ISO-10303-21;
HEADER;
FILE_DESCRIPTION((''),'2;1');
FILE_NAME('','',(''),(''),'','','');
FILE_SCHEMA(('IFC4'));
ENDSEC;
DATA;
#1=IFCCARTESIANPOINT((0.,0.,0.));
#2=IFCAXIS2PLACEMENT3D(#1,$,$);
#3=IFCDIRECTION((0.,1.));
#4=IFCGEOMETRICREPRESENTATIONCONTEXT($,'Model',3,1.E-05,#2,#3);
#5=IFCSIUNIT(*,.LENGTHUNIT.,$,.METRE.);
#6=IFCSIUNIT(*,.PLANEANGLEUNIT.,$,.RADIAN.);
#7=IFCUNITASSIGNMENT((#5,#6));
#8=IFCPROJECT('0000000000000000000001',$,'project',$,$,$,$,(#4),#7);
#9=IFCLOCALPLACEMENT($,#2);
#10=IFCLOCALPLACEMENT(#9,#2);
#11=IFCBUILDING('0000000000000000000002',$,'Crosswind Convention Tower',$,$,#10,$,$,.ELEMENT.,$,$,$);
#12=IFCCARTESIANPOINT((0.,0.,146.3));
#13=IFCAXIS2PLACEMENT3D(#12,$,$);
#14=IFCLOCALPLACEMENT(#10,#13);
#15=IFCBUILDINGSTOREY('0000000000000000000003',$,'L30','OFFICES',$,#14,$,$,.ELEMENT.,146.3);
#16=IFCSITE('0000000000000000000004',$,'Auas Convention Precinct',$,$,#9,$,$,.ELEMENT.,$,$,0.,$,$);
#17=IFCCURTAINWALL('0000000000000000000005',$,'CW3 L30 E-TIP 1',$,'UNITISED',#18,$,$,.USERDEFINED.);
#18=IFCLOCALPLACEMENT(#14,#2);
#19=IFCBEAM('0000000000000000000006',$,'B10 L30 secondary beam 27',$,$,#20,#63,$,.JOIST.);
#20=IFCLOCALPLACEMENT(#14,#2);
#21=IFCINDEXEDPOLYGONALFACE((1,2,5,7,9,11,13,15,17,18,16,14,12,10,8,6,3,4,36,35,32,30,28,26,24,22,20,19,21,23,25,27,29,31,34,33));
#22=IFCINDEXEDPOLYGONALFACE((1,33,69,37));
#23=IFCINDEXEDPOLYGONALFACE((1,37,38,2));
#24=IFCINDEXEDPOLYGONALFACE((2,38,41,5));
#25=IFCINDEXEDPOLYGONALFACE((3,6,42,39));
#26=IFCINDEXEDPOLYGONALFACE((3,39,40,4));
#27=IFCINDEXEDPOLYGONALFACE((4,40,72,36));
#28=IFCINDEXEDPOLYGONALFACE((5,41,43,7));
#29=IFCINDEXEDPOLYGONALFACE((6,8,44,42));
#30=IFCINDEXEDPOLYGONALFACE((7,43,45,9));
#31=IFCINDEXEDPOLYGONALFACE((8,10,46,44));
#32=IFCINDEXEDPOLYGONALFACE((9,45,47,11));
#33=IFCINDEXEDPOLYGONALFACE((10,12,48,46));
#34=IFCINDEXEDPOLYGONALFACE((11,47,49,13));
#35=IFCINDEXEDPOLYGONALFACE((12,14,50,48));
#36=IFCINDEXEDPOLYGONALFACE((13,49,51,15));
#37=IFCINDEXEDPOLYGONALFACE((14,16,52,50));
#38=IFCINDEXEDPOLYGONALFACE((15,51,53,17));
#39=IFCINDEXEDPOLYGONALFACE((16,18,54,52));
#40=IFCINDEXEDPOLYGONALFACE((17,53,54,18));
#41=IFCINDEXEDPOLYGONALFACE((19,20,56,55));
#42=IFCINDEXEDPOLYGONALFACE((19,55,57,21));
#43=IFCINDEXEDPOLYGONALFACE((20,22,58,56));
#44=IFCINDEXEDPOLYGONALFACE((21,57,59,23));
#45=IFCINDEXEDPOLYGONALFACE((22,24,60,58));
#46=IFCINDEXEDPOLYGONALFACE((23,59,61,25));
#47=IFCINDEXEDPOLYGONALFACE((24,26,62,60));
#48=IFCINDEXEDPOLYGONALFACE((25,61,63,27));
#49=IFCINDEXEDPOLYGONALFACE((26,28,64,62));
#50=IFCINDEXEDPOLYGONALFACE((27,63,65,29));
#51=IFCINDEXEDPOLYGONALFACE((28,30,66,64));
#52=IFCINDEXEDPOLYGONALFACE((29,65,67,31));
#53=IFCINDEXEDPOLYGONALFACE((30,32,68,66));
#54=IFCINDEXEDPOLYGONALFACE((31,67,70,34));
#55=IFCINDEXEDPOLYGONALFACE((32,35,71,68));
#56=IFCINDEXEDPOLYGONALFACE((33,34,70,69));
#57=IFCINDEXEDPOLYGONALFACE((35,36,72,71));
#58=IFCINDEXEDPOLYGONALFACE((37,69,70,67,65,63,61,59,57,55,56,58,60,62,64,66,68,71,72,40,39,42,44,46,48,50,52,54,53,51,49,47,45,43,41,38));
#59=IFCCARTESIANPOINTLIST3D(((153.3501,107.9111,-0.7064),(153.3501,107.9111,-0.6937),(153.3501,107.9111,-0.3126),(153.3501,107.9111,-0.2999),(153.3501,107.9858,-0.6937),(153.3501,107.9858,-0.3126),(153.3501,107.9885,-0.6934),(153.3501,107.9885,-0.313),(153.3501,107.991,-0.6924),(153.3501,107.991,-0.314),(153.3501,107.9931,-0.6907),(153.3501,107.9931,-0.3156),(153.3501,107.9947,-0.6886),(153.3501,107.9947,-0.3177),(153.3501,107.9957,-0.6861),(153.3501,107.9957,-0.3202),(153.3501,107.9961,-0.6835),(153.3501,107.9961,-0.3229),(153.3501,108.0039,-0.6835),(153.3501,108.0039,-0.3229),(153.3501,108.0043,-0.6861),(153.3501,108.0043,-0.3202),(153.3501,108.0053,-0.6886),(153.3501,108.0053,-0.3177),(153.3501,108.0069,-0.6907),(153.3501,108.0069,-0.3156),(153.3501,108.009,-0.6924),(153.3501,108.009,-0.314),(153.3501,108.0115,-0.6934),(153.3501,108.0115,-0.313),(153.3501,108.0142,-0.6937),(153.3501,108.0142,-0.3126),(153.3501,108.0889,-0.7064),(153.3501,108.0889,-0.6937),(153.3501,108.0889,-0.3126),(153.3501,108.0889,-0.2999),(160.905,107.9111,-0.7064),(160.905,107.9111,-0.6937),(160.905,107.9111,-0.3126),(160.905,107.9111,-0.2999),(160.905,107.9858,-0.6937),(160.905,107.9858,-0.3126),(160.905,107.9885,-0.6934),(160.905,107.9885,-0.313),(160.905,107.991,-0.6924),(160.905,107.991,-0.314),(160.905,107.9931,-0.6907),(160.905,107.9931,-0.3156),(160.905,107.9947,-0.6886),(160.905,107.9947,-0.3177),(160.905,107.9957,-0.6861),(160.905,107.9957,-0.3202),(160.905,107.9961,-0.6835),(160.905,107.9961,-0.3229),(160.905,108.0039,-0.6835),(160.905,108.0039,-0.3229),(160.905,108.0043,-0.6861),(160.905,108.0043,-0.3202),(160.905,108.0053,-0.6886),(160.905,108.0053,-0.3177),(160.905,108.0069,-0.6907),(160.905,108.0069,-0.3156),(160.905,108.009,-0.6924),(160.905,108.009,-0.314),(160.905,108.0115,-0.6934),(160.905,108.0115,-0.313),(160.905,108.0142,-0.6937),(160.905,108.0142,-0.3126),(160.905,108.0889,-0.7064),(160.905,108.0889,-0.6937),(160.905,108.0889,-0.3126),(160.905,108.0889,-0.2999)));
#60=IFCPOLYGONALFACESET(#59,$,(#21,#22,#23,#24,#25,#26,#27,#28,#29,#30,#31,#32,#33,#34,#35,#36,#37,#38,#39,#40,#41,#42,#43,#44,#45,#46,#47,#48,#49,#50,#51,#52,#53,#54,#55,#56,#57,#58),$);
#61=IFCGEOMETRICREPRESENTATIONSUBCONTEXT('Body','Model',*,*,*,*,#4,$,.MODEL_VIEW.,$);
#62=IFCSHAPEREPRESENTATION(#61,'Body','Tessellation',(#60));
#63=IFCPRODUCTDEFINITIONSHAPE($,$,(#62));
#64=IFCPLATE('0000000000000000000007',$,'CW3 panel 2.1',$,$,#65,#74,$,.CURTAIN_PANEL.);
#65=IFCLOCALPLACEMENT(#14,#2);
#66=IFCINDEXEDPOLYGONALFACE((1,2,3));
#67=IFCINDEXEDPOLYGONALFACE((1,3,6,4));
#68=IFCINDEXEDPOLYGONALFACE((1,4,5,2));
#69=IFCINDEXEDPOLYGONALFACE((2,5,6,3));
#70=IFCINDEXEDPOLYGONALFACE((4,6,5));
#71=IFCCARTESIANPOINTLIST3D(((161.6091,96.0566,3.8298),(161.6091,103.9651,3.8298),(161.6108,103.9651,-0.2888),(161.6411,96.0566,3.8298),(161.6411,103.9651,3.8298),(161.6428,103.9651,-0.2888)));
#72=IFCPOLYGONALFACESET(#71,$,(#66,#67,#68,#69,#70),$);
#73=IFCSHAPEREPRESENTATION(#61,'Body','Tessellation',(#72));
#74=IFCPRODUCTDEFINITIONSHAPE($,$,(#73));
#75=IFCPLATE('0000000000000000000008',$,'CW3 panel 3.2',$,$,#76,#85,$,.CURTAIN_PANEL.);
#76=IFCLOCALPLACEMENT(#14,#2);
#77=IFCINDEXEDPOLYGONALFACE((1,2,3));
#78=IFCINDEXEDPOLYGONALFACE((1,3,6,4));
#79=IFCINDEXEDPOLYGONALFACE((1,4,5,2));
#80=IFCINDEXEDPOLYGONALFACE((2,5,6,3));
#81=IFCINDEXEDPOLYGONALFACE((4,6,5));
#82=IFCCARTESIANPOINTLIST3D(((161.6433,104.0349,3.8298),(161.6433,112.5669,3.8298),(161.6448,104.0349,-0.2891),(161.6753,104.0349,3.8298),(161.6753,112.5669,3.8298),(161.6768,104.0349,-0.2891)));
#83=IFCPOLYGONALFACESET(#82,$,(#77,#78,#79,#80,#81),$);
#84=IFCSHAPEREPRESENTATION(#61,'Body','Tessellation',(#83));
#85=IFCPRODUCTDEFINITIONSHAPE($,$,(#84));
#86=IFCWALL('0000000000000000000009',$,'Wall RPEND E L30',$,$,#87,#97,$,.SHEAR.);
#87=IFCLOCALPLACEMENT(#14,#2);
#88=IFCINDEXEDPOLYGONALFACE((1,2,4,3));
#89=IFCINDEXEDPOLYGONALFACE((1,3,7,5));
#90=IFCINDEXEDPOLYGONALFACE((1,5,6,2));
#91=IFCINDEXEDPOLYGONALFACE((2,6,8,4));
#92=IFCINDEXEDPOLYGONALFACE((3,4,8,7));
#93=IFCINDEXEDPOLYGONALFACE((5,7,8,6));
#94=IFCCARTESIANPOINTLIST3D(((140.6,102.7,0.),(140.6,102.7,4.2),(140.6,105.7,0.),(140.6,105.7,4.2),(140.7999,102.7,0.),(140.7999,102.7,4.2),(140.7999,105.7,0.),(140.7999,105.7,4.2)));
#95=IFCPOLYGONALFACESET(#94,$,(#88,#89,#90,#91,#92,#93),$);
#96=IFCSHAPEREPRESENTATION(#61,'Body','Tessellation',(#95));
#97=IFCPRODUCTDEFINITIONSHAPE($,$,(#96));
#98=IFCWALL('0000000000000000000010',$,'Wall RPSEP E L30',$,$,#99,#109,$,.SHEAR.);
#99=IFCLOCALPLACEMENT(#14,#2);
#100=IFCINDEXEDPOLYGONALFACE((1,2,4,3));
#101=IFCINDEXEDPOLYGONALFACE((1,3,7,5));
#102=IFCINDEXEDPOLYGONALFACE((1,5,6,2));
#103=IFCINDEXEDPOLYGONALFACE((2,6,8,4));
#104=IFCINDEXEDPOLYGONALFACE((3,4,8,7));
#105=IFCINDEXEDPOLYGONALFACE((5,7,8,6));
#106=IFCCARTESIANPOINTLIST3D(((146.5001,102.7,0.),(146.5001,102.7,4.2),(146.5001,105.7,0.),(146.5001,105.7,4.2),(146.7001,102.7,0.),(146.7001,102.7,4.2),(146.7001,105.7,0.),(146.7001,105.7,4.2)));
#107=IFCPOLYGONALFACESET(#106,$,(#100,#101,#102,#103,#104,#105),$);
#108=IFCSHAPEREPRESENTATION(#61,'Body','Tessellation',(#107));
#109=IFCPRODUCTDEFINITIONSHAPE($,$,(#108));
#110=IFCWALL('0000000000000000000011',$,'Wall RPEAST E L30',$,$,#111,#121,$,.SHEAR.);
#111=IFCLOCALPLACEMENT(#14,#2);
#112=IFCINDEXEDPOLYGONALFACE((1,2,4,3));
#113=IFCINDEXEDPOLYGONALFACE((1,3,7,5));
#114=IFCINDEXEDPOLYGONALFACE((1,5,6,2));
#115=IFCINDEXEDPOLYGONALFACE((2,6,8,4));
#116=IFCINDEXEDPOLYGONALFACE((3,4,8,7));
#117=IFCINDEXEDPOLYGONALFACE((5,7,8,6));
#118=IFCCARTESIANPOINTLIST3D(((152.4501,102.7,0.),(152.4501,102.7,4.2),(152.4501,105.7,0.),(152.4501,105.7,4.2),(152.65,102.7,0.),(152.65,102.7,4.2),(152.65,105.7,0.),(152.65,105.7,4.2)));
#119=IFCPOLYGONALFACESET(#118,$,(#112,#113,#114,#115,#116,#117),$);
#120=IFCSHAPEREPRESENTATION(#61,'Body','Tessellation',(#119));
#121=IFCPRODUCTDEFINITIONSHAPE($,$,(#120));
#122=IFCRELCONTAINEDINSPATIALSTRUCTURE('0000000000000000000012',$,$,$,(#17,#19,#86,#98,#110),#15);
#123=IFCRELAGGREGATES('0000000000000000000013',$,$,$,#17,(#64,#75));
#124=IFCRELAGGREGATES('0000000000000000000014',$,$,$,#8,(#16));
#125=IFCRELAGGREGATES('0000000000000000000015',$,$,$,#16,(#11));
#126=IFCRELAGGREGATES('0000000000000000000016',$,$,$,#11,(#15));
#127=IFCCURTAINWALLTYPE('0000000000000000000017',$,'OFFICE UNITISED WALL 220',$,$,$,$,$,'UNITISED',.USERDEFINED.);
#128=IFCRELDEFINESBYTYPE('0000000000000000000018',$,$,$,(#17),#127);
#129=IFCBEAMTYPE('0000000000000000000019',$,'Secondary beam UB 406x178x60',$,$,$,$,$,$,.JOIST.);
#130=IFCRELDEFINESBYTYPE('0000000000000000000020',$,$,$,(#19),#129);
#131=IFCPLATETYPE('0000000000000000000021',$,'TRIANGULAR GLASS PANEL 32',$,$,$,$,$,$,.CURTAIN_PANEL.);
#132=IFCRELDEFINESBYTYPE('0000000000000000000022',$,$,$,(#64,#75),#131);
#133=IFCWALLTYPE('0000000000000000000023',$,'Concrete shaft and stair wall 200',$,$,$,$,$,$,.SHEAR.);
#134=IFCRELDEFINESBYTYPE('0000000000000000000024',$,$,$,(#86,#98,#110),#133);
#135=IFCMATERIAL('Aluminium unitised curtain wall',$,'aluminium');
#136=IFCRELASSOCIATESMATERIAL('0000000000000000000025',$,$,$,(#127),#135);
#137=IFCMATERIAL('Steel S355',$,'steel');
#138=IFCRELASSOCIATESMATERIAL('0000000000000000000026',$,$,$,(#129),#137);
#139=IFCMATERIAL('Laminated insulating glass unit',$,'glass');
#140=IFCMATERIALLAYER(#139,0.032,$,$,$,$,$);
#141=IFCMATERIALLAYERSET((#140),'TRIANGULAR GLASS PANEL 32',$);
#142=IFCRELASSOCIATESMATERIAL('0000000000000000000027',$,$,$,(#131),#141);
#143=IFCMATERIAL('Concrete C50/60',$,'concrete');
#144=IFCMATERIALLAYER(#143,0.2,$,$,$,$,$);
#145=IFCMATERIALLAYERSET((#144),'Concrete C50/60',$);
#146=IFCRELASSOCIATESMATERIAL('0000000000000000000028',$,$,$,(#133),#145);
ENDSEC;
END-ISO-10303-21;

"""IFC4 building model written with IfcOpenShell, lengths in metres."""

from ifc_helpers import new_model, si_unit, direction, frame, frame_2d, origin, origin_2d, place, context, subcontext, project, spatial, polyline, rectangle, i_section, outline, extrude, material, layer, layer_set, material_profile, profile_set, type_object, element, aggregate, save


model = new_model("IFC4")

# Units and contexts
model_context = context("Model", 3, precision=1e-05, world=origin(), true_north=direction((0.0, 1.0)))
body_context = subcontext(model_context, "Body", "Model", "MODEL_VIEW")
ifc_project = project(units=[si_unit("LENGTHUNIT", "METRE"), si_unit("PLANEANGLEUNIT", "RADIAN")], contexts=[model_context])

# Site, building, storey
site_placement = place(None, origin())
site = spatial("IfcSite", under=ifc_project, at=site_placement, Name="Auas Convention Precinct", CompositionType="ELEMENT", RefElevation=0.0)
building_placement = place(site_placement, origin())
building = spatial("IfcBuilding", under=site, at=building_placement, Name="Crosswind Convention Tower", CompositionType="ELEMENT")
storey_placement = place(building_placement, frame((0.0, 0.0, 146.3)))
storey = spatial("IfcBuildingStorey", under=building, at=storey_placement, Name="L30", Description="OFFICES", CompositionType="ELEMENT", Elevation=146.3)

# Shared definitions
ifc_material_1 = material(Name="Steel S355", Category="steel")

# Curtain wall
ifc_material_2 = material(Name="Aluminium unitised curtain wall", Category="aluminium")
curtain_wall_type = type_object("IfcCurtainWallType", Name="OFFICE UNITISED WALL 220", ElementType="UNITISED", PredefinedType="USERDEFINED", material=ifc_material_2)
curtain_wall_placement = place(storey_placement, origin())
curtain_wall = element("IfcCurtainWall", 1, at=curtain_wall_placement, inside=storey, type_object=curtain_wall_type, Name="CW3 L30 E-TIP 1", ObjectType="UNITISED", PredefinedType="USERDEFINED")

# Beam
ifc_material_profile_1 = material_profile(ifc_material_1, i_section(OverallWidth=0.1777, OverallDepth=0.4065, WebThickness=0.0078, FlangeThickness=0.0127, FilletRadius=0.0103, at=origin_2d()), Name="UB 406x178x60")
ifc_profile_set_1 = profile_set([ifc_material_profile_1], Name="Steel S355")
beam_type_1 = type_object("IfcBeamType", Name="Secondary beam UB 406x178x60", PredefinedType="JOIST", material=ifc_profile_set_1)
for number, where, z_axis, x_axis, name in (
    (2, (153.3501, 108.0, -0.5032), (1.0, 0.0, 0.0), (0.0, 1.0, 0.0), "B10 L30 secondary beam 27"),
):
    element("IfcBeam", number, at=place(storey_placement, frame(where, z_axis=z_axis, x_axis=x_axis)), inside=storey, type_object=beam_type_1, Name=name, PredefinedType="JOIST", context=body_context, shape_type="SweptSolid", body=[
        extrude(i_section(OverallWidth=0.1777, OverallDepth=0.4065, WebThickness=0.0078, FlangeThickness=0.0127, FilletRadius=0.0103, at=origin_2d()), origin(), (0.0, 0.0, 1.0), 7.5549),
    ])

# Plates
ifc_material_3 = material(Name="Laminated insulating glass unit", Category="glass")
ifc_layer_1 = layer(ifc_material_3, 0.032)
ifc_layer_set_1 = layer_set([ifc_layer_1], Name="TRIANGULAR GLASS PANEL 32")
plate_type = type_object("IfcPlateType", Name="TRIANGULAR GLASS PANEL 32", PredefinedType="CURTAIN_PANEL", material=ifc_layer_set_1)
plate_1_placement = place(storey_placement, frame((161.6411, 103.9651, 3.8298), z_axis=(1.0, 0.0, 0.000415), x_axis=(0.0, -1.0, 0.0)))
plate_1 = element("IfcPlate", 3, at=plate_1_placement, type_object=plate_type, Name="CW3 panel 2.1", PredefinedType="CURTAIN_PANEL", context=body_context, shape_type="SweptSolid", body=[
    extrude(outline(polyline([(0.0, 0.0), (7.9084, 0.0), (0.0, 4.1187), (0.0, 0.0)])), origin(), (0.0, 0.0, -1.0), 0.032),
])
plate_2_placement = place(storey_placement, frame((161.6753, 104.0349, 3.8298), z_axis=(1.0, 0.0, 0.000356), x_axis=(0.000356, 0.0, -1.0)))
plate_2 = element("IfcPlate", 4, at=plate_2_placement, type_object=plate_type, Name="CW3 panel 3.2", PredefinedType="CURTAIN_PANEL", context=body_context, shape_type="SweptSolid", body=[
    extrude(outline(polyline([(0.0, 0.0), (4.1189, 0.0), (0.0, 8.532), (0.0, 0.0)])), origin(), (0.0, 0.0, -1.0), 0.032),
])
aggregate(curtain_wall, [plate_1, plate_2])

# Walls
ifc_material_4 = material(Name="Concrete C50/60", Category="concrete")
ifc_layer_2 = layer(ifc_material_4, 0.2)
ifc_layer_set_2 = layer_set([ifc_layer_2], Name="Concrete C50/60")
wall_type_1 = type_object("IfcWallType", Name="Concrete shaft and stair wall 200", PredefinedType="SHEAR", material=ifc_layer_set_2)
for number, where, z_axis, x_axis, name in (
    (5, (140.7, 102.7, 0.0), (0.0, 0.0, 1.0), (0.0, 1.0, 0.0), "Wall RPEND E L30"),
    (6, (146.6001, 102.7, 0.0), (0.0, 0.0, 1.0), (0.0, 1.0, 0.0), "Wall RPSEP E L30"),
    (7, (152.55, 102.7, 0.0), (0.0, 0.0, 1.0), (0.0, 1.0, 0.0), "Wall RPEAST E L30"),
):
    element("IfcWall", number, at=place(storey_placement, frame(where, z_axis=z_axis, x_axis=x_axis)), inside=storey, type_object=wall_type_1, Name=name, PredefinedType="SHEAR", context=body_context, shape_type="SweptSolid", body=[
        extrude(rectangle(XDim=3.0, YDim=0.2, at=frame_2d((1.5, 0.0))), origin(), (0.0, 0.0, 1.0), 4.2),
    ])

save(model, "model.ifc")
